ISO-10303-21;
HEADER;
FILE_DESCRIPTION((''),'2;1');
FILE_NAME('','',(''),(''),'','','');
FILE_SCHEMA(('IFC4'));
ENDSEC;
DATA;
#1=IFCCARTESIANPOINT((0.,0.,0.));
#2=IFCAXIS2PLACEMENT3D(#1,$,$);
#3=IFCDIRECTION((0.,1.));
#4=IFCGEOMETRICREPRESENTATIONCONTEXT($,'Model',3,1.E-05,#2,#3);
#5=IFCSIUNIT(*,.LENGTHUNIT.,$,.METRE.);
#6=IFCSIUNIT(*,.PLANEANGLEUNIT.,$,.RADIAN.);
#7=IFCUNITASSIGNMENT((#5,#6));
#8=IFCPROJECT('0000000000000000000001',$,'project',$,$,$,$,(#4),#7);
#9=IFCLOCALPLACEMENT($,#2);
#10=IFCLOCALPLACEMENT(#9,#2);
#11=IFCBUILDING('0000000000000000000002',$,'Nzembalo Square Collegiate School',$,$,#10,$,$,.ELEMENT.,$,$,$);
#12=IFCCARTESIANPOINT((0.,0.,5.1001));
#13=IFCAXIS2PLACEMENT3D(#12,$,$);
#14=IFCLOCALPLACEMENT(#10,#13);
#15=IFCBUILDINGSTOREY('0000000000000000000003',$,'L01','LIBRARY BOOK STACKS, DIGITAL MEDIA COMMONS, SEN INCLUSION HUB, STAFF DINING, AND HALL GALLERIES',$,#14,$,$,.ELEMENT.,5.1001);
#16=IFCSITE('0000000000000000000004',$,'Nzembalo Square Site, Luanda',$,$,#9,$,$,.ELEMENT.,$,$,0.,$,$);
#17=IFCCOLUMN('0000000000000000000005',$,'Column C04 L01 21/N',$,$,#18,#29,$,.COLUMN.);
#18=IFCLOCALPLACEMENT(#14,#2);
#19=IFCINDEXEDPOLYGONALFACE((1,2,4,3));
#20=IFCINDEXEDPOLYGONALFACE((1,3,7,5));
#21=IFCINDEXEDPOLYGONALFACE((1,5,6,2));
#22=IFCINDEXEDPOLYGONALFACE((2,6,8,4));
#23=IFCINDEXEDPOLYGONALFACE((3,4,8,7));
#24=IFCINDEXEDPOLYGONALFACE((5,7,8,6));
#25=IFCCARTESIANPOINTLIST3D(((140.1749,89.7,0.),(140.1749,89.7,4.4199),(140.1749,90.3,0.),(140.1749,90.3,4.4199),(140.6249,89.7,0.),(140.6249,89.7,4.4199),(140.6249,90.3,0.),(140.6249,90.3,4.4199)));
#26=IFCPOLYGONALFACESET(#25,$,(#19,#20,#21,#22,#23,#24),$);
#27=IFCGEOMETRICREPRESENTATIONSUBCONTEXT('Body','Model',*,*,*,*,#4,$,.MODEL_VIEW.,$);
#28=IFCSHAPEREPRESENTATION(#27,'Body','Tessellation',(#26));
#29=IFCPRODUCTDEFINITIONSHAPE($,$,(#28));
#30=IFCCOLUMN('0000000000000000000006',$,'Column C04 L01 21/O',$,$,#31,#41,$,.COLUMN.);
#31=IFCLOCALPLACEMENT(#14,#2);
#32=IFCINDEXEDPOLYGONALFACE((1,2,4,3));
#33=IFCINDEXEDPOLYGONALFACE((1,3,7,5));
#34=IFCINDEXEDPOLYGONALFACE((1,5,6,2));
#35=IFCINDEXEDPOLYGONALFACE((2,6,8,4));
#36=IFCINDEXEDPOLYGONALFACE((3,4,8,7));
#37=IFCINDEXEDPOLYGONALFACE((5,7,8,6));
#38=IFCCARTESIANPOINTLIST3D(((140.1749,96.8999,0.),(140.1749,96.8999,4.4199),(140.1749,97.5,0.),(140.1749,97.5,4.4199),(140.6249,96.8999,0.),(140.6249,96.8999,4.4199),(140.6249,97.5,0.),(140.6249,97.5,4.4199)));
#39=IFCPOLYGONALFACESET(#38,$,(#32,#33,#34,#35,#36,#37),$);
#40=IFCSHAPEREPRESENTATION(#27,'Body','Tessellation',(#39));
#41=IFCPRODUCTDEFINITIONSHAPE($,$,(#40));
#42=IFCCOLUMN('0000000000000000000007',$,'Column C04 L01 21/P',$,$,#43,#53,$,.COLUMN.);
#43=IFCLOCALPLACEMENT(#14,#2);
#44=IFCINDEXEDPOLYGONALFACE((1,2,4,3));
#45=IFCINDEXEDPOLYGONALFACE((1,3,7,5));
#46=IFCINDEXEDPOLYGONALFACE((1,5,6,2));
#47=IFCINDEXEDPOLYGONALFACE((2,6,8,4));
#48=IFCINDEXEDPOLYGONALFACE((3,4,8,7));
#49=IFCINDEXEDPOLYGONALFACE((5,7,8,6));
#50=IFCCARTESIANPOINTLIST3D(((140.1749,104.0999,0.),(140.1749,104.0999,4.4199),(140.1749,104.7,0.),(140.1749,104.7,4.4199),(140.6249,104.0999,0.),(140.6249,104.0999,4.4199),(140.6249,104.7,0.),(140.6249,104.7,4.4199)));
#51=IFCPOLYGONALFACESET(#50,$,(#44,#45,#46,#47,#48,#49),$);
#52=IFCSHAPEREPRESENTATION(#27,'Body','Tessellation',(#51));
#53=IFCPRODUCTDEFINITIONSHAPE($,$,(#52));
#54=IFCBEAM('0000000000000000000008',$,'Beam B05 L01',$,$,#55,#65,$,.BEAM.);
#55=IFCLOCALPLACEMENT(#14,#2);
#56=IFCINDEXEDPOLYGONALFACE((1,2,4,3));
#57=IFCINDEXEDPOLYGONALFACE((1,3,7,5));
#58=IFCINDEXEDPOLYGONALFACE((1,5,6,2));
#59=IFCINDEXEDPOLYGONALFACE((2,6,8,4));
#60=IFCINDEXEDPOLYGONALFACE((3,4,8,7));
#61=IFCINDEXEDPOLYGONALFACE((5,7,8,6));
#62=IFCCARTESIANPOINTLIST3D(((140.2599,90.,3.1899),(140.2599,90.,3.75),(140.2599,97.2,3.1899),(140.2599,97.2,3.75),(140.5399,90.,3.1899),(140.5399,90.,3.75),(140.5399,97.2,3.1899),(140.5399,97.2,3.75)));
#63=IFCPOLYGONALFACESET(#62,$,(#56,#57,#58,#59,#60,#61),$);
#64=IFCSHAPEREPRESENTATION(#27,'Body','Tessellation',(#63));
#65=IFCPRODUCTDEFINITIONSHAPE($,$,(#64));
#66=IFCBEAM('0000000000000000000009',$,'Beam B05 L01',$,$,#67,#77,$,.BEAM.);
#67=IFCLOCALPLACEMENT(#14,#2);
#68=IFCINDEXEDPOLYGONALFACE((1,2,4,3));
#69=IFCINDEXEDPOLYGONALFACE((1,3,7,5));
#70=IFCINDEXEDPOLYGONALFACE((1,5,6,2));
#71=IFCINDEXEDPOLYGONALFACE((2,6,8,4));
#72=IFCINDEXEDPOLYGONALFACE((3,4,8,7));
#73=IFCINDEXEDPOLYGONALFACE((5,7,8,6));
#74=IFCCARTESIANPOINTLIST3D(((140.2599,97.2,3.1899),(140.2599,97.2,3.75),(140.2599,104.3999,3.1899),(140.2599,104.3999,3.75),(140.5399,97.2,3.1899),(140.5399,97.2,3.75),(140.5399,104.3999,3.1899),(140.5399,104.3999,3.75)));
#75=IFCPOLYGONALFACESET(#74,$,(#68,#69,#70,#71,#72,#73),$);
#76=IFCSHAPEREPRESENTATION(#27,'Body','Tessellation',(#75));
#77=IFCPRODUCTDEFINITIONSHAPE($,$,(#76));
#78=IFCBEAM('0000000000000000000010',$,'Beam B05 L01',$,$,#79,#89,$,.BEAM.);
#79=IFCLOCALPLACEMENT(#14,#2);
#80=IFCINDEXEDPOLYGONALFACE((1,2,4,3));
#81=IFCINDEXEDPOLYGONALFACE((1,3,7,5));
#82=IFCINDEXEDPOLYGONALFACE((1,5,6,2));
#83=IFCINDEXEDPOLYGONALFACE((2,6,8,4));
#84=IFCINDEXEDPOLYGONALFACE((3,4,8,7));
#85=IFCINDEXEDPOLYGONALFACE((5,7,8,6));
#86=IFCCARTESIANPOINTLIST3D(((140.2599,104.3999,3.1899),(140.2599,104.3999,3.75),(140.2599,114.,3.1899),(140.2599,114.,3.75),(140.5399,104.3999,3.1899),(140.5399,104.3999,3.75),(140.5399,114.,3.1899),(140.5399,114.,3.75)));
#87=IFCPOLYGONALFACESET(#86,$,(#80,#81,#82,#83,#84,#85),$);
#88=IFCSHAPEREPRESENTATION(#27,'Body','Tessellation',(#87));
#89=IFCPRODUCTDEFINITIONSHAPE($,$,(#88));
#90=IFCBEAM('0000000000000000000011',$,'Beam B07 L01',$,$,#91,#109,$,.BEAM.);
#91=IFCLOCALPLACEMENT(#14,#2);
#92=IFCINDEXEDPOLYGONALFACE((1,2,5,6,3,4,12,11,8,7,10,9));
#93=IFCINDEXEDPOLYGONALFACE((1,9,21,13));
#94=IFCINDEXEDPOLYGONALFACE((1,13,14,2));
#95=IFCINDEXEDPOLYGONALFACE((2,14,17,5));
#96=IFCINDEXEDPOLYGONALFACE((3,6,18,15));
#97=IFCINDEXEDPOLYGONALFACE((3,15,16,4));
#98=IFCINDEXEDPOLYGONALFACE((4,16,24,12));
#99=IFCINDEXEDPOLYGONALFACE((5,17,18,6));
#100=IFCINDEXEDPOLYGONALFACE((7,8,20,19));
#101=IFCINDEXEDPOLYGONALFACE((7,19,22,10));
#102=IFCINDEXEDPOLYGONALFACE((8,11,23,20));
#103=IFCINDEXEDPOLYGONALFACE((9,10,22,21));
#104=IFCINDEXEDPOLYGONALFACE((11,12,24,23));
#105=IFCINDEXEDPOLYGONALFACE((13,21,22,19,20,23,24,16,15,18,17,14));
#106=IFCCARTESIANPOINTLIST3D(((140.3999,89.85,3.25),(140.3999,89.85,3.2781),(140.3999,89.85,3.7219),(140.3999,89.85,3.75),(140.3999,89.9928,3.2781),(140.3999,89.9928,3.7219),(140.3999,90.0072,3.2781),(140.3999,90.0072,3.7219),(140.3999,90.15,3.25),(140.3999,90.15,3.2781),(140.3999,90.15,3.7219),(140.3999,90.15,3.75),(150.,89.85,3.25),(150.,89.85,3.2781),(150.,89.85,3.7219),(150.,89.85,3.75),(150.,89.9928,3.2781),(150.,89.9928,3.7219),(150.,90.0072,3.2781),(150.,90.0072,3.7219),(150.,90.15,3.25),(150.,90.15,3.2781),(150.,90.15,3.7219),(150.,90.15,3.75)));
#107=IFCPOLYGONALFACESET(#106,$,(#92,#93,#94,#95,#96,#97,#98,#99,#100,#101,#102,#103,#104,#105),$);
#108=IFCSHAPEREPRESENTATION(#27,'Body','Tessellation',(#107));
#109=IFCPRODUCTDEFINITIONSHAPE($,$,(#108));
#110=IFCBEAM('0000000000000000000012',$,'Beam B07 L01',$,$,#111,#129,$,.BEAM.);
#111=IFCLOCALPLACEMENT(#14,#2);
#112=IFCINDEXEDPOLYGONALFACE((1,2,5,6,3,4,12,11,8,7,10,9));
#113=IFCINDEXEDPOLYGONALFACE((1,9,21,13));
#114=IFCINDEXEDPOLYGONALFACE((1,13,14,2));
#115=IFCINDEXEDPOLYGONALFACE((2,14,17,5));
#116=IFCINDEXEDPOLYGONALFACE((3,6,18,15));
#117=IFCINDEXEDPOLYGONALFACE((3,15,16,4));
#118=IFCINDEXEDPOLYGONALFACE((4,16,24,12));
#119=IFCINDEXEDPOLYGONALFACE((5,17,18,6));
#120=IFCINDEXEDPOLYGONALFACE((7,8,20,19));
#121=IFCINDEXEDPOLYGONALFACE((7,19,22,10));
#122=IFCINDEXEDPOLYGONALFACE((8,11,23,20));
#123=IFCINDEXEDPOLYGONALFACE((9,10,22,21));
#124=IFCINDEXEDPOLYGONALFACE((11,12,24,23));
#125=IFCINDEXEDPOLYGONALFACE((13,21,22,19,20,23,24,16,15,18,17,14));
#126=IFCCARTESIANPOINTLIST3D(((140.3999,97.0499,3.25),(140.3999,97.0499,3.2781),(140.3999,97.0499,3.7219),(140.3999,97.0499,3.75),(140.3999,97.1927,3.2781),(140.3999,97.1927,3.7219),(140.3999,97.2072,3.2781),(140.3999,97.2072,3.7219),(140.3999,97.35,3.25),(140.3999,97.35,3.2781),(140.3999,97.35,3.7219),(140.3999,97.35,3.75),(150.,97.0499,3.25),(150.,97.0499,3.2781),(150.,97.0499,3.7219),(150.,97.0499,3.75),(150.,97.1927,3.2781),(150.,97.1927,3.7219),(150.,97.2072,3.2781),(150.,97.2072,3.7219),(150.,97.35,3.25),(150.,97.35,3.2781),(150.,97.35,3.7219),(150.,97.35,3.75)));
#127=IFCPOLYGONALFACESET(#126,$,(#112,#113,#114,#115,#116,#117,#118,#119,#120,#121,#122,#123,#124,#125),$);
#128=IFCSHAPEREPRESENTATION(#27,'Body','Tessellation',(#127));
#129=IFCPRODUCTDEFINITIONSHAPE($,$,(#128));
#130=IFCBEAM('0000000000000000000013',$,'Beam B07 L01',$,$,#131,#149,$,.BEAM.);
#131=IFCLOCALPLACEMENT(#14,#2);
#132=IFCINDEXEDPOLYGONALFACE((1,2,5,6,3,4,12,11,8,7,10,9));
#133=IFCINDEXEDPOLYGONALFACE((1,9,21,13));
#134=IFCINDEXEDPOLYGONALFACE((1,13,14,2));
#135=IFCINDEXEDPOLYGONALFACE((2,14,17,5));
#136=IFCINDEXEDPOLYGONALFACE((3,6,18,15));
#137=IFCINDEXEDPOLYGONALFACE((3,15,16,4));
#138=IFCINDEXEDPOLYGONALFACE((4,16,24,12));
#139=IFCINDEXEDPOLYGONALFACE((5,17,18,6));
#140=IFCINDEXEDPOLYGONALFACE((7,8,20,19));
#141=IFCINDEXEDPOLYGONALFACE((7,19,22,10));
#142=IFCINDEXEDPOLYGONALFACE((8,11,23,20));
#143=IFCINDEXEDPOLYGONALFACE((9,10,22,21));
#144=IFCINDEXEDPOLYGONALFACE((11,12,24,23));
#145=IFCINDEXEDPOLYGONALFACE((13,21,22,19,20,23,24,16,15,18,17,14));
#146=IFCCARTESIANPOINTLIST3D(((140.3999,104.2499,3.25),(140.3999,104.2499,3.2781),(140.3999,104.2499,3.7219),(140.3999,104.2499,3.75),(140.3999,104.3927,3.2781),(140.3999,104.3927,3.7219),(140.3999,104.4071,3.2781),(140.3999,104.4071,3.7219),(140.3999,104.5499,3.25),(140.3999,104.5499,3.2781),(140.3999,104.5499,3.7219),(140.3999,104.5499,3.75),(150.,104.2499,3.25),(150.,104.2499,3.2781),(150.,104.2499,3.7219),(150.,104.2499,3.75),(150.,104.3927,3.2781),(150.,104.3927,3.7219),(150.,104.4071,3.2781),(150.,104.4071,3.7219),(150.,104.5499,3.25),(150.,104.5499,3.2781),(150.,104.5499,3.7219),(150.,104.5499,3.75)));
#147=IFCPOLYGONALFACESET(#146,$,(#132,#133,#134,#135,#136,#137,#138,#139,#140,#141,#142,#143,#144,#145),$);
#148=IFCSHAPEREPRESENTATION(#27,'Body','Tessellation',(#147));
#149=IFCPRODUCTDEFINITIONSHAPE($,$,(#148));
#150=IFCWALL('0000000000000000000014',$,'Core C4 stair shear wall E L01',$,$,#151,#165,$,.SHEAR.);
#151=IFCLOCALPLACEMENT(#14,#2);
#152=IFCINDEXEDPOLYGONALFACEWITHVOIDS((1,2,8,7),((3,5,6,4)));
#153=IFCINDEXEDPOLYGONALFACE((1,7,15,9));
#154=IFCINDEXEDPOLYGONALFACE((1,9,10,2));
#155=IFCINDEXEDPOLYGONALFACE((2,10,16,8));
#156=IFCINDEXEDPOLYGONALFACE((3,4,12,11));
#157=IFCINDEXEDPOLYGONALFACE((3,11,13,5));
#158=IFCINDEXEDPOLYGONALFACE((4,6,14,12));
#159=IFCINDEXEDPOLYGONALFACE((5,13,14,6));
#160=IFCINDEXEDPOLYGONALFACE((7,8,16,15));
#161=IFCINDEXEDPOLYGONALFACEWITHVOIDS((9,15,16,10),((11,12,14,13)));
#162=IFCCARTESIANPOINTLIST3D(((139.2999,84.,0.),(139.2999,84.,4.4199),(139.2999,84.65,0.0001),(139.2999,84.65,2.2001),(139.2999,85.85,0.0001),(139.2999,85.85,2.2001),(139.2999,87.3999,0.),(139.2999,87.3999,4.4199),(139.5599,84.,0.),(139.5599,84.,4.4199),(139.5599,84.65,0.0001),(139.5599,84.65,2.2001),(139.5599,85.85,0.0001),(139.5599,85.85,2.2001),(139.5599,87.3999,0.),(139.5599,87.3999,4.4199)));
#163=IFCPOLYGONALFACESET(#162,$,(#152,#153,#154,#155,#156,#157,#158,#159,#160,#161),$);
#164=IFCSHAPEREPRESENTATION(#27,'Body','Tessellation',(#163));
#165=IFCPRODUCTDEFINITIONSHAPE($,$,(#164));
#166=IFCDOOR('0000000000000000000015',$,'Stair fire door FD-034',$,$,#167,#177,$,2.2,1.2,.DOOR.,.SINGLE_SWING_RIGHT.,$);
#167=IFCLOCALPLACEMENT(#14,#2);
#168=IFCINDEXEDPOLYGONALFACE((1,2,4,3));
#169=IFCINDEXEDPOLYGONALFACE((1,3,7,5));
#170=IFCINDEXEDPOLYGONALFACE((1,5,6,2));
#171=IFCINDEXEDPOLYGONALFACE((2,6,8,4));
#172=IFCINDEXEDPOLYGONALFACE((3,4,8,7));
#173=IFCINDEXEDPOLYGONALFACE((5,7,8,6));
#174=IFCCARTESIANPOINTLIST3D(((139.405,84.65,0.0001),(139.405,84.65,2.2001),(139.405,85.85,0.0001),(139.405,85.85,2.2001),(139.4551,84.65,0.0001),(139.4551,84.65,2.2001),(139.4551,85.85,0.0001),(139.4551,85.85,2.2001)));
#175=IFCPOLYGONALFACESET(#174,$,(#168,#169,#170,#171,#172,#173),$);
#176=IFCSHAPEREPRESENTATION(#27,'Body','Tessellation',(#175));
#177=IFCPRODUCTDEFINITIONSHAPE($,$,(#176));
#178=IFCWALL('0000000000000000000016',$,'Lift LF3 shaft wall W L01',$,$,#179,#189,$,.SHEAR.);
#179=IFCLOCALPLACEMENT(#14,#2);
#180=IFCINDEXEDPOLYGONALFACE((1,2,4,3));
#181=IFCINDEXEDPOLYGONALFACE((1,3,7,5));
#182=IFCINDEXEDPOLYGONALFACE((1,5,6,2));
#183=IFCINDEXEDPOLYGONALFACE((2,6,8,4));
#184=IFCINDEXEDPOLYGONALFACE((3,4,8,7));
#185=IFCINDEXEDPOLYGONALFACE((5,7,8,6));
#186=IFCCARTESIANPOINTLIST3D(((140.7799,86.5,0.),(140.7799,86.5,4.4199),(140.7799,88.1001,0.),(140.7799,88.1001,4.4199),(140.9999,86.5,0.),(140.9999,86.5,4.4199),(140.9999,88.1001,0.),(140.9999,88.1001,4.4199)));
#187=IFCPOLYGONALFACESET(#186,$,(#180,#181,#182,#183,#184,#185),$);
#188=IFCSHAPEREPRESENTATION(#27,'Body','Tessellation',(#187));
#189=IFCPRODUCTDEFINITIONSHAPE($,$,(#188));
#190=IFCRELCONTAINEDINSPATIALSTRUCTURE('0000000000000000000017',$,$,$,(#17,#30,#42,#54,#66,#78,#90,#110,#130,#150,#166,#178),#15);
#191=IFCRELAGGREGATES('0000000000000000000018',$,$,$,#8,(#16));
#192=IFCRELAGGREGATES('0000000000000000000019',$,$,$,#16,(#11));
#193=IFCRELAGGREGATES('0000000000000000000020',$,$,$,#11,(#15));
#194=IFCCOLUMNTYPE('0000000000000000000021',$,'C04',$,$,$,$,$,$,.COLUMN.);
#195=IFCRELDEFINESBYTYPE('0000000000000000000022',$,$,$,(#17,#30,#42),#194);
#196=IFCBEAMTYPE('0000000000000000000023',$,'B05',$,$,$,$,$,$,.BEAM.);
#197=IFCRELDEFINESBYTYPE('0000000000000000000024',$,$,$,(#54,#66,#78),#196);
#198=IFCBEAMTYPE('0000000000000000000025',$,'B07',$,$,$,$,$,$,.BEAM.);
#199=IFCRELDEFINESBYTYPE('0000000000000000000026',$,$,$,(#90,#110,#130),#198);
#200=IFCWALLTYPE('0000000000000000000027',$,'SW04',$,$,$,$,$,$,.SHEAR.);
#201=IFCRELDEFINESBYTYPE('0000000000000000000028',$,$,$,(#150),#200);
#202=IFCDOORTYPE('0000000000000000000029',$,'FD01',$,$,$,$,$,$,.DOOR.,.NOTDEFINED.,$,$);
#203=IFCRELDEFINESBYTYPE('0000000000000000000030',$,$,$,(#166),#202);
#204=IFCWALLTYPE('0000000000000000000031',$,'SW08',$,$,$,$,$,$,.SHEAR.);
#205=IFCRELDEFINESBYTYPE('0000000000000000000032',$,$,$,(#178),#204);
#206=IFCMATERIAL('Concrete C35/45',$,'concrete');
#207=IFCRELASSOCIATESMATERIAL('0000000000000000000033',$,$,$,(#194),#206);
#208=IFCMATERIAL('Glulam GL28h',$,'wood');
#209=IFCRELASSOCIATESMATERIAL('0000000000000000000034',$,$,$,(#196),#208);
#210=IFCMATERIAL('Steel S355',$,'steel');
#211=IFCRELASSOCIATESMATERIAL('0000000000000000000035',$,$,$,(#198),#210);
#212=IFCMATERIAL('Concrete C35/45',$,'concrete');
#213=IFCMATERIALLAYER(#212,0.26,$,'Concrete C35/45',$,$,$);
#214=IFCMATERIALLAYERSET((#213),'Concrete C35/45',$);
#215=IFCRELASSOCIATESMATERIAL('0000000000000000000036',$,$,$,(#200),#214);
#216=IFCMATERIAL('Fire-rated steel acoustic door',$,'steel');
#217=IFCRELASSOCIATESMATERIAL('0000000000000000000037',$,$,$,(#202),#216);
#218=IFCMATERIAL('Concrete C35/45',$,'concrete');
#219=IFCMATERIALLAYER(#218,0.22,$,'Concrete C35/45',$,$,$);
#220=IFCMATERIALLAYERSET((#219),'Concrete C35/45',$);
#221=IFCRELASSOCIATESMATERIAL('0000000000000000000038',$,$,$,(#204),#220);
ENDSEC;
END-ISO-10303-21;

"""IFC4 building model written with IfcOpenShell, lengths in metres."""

from ifc_helpers import new_model, si_unit, direction, frame, frame_2d, origin, origin_2d, place, context, subcontext, project, spatial, rectangle, i_section, extrude, material, layer, layer_set, material_profile, profile_set, type_object, element, fill, save


model = new_model("IFC4")

# Units and contexts
model_context = context("Model", 3, precision=1e-05, world=origin(), true_north=direction((0.0, 1.0)))
body_context = subcontext(model_context, "Body", "Model", "MODEL_VIEW")
ifc_project = project(units=[si_unit("LENGTHUNIT", "METRE"), si_unit("PLANEANGLEUNIT", "RADIAN")], contexts=[model_context])

# Site, building, storey
site_placement = place(None, origin())
site = spatial("IfcSite", under=ifc_project, at=site_placement, Name="Nzembalo Square Site, Luanda", CompositionType="ELEMENT", RefElevation=0.0)
building_placement = place(site_placement, origin())
building = spatial("IfcBuilding", under=site, at=building_placement, Name="Nzembalo Square Collegiate School", CompositionType="ELEMENT")
storey_placement = place(building_placement, frame((0.0, 0.0, 5.1001)))
storey = spatial("IfcBuildingStorey", under=building, at=storey_placement, Name="L01", Description="LIBRARY BOOK STACKS, DIGITAL MEDIA COMMONS, SEN INCLUSION HUB, STAFF DINING, AND HALL GALLERIES", CompositionType="ELEMENT", Elevation=5.1001)

# Columns
ifc_material_1 = material(Name="Concrete C35/45", Category="concrete")
ifc_material_profile_1 = material_profile(ifc_material_1, rectangle(XDim=0.45, YDim=0.6001, at=origin_2d()), Name="RC 450x600")
ifc_profile_set_1 = profile_set([ifc_material_profile_1], Name="Concrete C35/45")
column_type = type_object("IfcColumnType", Name="C04", PredefinedType="COLUMN", material=ifc_profile_set_1)
for number, where, z_axis, x_axis, name in (
    (1, (140.3999, 90.0, 0.0), (0.0, 0.0, 1.0), (1.0, 0.0, 0.0), "Column C04 L01 21/N"),
    (2, (140.3999, 97.2, 0.0), (0.0, 0.0, 1.0), (1.0, 0.0, 0.0), "Column C04 L01 21/O"),
    (3, (140.3999, 104.3999, 0.0), (0.0, 0.0, 1.0), (1.0, 0.0, 0.0), "Column C04 L01 21/P"),
):
    element("IfcColumn", number, at=place(storey_placement, frame(where, z_axis=z_axis, x_axis=x_axis)), inside=storey, type_object=column_type, Name=name, PredefinedType="COLUMN", context=body_context, shape_type="SweptSolid", body=[
        extrude(rectangle(XDim=0.45, YDim=0.6001, at=origin_2d()), origin(), (0.0, 0.0, 1.0), 4.4199),
    ])

# Beams
ifc_material_2 = material(Name="Glulam GL28h", Category="wood")
ifc_material_profile_2 = material_profile(ifc_material_2, rectangle(XDim=0.28, YDim=0.5601, at=origin_2d()), Name="GL28h 280x560")
ifc_profile_set_2 = profile_set([ifc_material_profile_2], Name="Glulam GL28h")
beam_type_1 = type_object("IfcBeamType", Name="B05", PredefinedType="BEAM", material=ifc_profile_set_2)
for number, where, z_axis, x_axis, name in (
    (4, (140.3999, 90.0, 3.47), (0.0, 1.0, 0.0), (-1.0, 0.0, 0.0), "Beam B05 L01"),
    (5, (140.3999, 97.2, 3.47), (0.0, 1.0, 0.0), (-1.0, 0.0, 0.0), "Beam B05 L01"),
):
    element("IfcBeam", number, at=place(storey_placement, frame(where, z_axis=z_axis, x_axis=x_axis)), inside=storey, type_object=beam_type_1, Name=name, PredefinedType="BEAM", context=body_context, shape_type="SweptSolid", body=[
        extrude(rectangle(XDim=0.28, YDim=0.5601, at=origin_2d()), origin(), (0.0, 0.0, 1.0), 7.2),
    ])
beam_placement = place(storey_placement, frame((140.3999, 104.3999, 3.47), z_axis=(0.0, 1.0, 0.0), x_axis=(-1.0, 0.0, 0.0)))
element("IfcBeam", 6, at=beam_placement, inside=storey, type_object=beam_type_1, Name="Beam B05 L01", PredefinedType="BEAM", context=body_context, shape_type="SweptSolid", body=[
    extrude(rectangle(XDim=0.28, YDim=0.5601, at=origin_2d()), origin(), (0.0, 0.0, 1.0), 9.6001),
])
ifc_material_3 = material(Name="Steel S355", Category="steel")
ifc_material_profile_3 = material_profile(ifc_material_3, i_section(OverallWidth=0.3, OverallDepth=0.5, WebThickness=0.0144, FlangeThickness=0.0281, at=origin_2d()), Name="HEB 500")
ifc_profile_set_3 = profile_set([ifc_material_profile_3], Name="Steel S355")
beam_type_2 = type_object("IfcBeamType", Name="B07", PredefinedType="BEAM", material=ifc_profile_set_3)
for number, where, z_axis, x_axis, name in (
    (7, (140.3999, 90.0, 3.5), (1.0, 0.0, 0.0), (0.0, 1.0, 0.0), "Beam B07 L01"),
    (8, (140.3999, 97.2, 3.5), (1.0, 0.0, 0.0), (0.0, 1.0, 0.0), "Beam B07 L01"),
    (9, (140.3999, 104.3999, 3.5), (1.0, 0.0, 0.0), (0.0, 1.0, 0.0), "Beam B07 L01"),
):
    element("IfcBeam", number, at=place(storey_placement, frame(where, z_axis=z_axis, x_axis=x_axis)), inside=storey, type_object=beam_type_2, Name=name, PredefinedType="BEAM", context=body_context, shape_type="SweptSolid", body=[
        extrude(i_section(OverallWidth=0.3, OverallDepth=0.5, WebThickness=0.0144, FlangeThickness=0.0281, at=origin_2d()), origin(), (0.0, 0.0, 1.0), 9.6001),
    ])

# Wall, opening, door
ifc_material_4 = material(Name="Concrete C35/45", Category="concrete")
ifc_layer_1 = layer(ifc_material_4, 0.26, Name="Concrete C35/45")
ifc_layer_set_1 = layer_set([ifc_layer_1], Name="Concrete C35/45")
wall_type_1 = type_object("IfcWallType", Name="SW04", PredefinedType="SHEAR", material=ifc_layer_set_1)
wall_1_placement = place(storey_placement, frame((139.4299, 84.0, 0.0), z_axis=(0.0, 0.0, 1.0), x_axis=(0.0, 1.0, 0.0)))
wall_1 = element("IfcWall", 10, at=wall_1_placement, inside=storey, type_object=wall_type_1, Name="Core C4 stair shear wall E L01", PredefinedType="SHEAR", context=body_context, shape_type="SweptSolid", body=[
    extrude(rectangle(XDim=3.3999, YDim=0.26, at=frame_2d((1.7, 0.0))), origin(), (0.0, 0.0, 1.0), 4.4199),
])
opening_1_placement = place(wall_1_placement, frame((0.6499, 0.0, 0.0)))
opening_1 = element("IfcOpeningElement", 11, at=opening_1_placement, cuts=wall_1, PredefinedType="OPENING", context=body_context, shape_type="SweptSolid", body=[
    extrude(rectangle(XDim=1.2, YDim=2.2, at=frame_2d((0.6001, 1.1001))), frame((0.0, 0.1401, 0.0), z_axis=(0.0, -1.0, 0.0), x_axis=(1.0, 0.0, 0.0)), (0.0, 0.0, 1.0), 0.28),
])
ifc_material_5 = material(Name="Fire-rated steel acoustic door", Category="steel")
door_type_1 = type_object("IfcDoorType", Name="FD01", OperationType="NOTDEFINED", PredefinedType="DOOR", material=ifc_material_5)
door_1_placement = place(opening_1_placement, origin())
door_1 = element("IfcDoor", 12, at=door_1_placement, inside=storey, type_object=door_type_1, Name="Stair fire door FD-034", OperationType="SINGLE_SWING_RIGHT", OverallHeight=2.2, OverallWidth=1.2, PredefinedType="DOOR", context=body_context, shape_type="SweptSolid", body=[
    extrude(rectangle(XDim=1.2, YDim=2.2, at=frame_2d((0.6001, 1.1001))), frame((0.0, 0.0249, 0.0), z_axis=(0.0, -1.0, 0.0), x_axis=(1.0, 0.0, 0.0)), (0.0, 0.0, 1.0), 0.05),
])
fill(opening_1, door_1)

# Wall
ifc_material_6 = material(Name="Concrete C35/45", Category="concrete")
ifc_layer_2 = layer(ifc_material_6, 0.22, Name="Concrete C35/45")
ifc_layer_set_2 = layer_set([ifc_layer_2], Name="Concrete C35/45")
wall_type_2 = type_object("IfcWallType", Name="SW08", PredefinedType="SHEAR", material=ifc_layer_set_2)
for number, where, z_axis, x_axis, name in (
    (13, (140.8899, 86.5, 0.0), (0.0, 0.0, 1.0), (0.0, 1.0, 0.0), "Lift LF3 shaft wall W L01"),
):
    element("IfcWall", number, at=place(storey_placement, frame(where, z_axis=z_axis, x_axis=x_axis)), inside=storey, type_object=wall_type_2, Name=name, PredefinedType="SHEAR", context=body_context, shape_type="SweptSolid", body=[
        extrude(rectangle(XDim=1.6001, YDim=0.22, at=frame_2d((0.8, 0.0))), origin(), (0.0, 0.0, 1.0), 4.4199),
    ])

save(model, "model.ifc")
